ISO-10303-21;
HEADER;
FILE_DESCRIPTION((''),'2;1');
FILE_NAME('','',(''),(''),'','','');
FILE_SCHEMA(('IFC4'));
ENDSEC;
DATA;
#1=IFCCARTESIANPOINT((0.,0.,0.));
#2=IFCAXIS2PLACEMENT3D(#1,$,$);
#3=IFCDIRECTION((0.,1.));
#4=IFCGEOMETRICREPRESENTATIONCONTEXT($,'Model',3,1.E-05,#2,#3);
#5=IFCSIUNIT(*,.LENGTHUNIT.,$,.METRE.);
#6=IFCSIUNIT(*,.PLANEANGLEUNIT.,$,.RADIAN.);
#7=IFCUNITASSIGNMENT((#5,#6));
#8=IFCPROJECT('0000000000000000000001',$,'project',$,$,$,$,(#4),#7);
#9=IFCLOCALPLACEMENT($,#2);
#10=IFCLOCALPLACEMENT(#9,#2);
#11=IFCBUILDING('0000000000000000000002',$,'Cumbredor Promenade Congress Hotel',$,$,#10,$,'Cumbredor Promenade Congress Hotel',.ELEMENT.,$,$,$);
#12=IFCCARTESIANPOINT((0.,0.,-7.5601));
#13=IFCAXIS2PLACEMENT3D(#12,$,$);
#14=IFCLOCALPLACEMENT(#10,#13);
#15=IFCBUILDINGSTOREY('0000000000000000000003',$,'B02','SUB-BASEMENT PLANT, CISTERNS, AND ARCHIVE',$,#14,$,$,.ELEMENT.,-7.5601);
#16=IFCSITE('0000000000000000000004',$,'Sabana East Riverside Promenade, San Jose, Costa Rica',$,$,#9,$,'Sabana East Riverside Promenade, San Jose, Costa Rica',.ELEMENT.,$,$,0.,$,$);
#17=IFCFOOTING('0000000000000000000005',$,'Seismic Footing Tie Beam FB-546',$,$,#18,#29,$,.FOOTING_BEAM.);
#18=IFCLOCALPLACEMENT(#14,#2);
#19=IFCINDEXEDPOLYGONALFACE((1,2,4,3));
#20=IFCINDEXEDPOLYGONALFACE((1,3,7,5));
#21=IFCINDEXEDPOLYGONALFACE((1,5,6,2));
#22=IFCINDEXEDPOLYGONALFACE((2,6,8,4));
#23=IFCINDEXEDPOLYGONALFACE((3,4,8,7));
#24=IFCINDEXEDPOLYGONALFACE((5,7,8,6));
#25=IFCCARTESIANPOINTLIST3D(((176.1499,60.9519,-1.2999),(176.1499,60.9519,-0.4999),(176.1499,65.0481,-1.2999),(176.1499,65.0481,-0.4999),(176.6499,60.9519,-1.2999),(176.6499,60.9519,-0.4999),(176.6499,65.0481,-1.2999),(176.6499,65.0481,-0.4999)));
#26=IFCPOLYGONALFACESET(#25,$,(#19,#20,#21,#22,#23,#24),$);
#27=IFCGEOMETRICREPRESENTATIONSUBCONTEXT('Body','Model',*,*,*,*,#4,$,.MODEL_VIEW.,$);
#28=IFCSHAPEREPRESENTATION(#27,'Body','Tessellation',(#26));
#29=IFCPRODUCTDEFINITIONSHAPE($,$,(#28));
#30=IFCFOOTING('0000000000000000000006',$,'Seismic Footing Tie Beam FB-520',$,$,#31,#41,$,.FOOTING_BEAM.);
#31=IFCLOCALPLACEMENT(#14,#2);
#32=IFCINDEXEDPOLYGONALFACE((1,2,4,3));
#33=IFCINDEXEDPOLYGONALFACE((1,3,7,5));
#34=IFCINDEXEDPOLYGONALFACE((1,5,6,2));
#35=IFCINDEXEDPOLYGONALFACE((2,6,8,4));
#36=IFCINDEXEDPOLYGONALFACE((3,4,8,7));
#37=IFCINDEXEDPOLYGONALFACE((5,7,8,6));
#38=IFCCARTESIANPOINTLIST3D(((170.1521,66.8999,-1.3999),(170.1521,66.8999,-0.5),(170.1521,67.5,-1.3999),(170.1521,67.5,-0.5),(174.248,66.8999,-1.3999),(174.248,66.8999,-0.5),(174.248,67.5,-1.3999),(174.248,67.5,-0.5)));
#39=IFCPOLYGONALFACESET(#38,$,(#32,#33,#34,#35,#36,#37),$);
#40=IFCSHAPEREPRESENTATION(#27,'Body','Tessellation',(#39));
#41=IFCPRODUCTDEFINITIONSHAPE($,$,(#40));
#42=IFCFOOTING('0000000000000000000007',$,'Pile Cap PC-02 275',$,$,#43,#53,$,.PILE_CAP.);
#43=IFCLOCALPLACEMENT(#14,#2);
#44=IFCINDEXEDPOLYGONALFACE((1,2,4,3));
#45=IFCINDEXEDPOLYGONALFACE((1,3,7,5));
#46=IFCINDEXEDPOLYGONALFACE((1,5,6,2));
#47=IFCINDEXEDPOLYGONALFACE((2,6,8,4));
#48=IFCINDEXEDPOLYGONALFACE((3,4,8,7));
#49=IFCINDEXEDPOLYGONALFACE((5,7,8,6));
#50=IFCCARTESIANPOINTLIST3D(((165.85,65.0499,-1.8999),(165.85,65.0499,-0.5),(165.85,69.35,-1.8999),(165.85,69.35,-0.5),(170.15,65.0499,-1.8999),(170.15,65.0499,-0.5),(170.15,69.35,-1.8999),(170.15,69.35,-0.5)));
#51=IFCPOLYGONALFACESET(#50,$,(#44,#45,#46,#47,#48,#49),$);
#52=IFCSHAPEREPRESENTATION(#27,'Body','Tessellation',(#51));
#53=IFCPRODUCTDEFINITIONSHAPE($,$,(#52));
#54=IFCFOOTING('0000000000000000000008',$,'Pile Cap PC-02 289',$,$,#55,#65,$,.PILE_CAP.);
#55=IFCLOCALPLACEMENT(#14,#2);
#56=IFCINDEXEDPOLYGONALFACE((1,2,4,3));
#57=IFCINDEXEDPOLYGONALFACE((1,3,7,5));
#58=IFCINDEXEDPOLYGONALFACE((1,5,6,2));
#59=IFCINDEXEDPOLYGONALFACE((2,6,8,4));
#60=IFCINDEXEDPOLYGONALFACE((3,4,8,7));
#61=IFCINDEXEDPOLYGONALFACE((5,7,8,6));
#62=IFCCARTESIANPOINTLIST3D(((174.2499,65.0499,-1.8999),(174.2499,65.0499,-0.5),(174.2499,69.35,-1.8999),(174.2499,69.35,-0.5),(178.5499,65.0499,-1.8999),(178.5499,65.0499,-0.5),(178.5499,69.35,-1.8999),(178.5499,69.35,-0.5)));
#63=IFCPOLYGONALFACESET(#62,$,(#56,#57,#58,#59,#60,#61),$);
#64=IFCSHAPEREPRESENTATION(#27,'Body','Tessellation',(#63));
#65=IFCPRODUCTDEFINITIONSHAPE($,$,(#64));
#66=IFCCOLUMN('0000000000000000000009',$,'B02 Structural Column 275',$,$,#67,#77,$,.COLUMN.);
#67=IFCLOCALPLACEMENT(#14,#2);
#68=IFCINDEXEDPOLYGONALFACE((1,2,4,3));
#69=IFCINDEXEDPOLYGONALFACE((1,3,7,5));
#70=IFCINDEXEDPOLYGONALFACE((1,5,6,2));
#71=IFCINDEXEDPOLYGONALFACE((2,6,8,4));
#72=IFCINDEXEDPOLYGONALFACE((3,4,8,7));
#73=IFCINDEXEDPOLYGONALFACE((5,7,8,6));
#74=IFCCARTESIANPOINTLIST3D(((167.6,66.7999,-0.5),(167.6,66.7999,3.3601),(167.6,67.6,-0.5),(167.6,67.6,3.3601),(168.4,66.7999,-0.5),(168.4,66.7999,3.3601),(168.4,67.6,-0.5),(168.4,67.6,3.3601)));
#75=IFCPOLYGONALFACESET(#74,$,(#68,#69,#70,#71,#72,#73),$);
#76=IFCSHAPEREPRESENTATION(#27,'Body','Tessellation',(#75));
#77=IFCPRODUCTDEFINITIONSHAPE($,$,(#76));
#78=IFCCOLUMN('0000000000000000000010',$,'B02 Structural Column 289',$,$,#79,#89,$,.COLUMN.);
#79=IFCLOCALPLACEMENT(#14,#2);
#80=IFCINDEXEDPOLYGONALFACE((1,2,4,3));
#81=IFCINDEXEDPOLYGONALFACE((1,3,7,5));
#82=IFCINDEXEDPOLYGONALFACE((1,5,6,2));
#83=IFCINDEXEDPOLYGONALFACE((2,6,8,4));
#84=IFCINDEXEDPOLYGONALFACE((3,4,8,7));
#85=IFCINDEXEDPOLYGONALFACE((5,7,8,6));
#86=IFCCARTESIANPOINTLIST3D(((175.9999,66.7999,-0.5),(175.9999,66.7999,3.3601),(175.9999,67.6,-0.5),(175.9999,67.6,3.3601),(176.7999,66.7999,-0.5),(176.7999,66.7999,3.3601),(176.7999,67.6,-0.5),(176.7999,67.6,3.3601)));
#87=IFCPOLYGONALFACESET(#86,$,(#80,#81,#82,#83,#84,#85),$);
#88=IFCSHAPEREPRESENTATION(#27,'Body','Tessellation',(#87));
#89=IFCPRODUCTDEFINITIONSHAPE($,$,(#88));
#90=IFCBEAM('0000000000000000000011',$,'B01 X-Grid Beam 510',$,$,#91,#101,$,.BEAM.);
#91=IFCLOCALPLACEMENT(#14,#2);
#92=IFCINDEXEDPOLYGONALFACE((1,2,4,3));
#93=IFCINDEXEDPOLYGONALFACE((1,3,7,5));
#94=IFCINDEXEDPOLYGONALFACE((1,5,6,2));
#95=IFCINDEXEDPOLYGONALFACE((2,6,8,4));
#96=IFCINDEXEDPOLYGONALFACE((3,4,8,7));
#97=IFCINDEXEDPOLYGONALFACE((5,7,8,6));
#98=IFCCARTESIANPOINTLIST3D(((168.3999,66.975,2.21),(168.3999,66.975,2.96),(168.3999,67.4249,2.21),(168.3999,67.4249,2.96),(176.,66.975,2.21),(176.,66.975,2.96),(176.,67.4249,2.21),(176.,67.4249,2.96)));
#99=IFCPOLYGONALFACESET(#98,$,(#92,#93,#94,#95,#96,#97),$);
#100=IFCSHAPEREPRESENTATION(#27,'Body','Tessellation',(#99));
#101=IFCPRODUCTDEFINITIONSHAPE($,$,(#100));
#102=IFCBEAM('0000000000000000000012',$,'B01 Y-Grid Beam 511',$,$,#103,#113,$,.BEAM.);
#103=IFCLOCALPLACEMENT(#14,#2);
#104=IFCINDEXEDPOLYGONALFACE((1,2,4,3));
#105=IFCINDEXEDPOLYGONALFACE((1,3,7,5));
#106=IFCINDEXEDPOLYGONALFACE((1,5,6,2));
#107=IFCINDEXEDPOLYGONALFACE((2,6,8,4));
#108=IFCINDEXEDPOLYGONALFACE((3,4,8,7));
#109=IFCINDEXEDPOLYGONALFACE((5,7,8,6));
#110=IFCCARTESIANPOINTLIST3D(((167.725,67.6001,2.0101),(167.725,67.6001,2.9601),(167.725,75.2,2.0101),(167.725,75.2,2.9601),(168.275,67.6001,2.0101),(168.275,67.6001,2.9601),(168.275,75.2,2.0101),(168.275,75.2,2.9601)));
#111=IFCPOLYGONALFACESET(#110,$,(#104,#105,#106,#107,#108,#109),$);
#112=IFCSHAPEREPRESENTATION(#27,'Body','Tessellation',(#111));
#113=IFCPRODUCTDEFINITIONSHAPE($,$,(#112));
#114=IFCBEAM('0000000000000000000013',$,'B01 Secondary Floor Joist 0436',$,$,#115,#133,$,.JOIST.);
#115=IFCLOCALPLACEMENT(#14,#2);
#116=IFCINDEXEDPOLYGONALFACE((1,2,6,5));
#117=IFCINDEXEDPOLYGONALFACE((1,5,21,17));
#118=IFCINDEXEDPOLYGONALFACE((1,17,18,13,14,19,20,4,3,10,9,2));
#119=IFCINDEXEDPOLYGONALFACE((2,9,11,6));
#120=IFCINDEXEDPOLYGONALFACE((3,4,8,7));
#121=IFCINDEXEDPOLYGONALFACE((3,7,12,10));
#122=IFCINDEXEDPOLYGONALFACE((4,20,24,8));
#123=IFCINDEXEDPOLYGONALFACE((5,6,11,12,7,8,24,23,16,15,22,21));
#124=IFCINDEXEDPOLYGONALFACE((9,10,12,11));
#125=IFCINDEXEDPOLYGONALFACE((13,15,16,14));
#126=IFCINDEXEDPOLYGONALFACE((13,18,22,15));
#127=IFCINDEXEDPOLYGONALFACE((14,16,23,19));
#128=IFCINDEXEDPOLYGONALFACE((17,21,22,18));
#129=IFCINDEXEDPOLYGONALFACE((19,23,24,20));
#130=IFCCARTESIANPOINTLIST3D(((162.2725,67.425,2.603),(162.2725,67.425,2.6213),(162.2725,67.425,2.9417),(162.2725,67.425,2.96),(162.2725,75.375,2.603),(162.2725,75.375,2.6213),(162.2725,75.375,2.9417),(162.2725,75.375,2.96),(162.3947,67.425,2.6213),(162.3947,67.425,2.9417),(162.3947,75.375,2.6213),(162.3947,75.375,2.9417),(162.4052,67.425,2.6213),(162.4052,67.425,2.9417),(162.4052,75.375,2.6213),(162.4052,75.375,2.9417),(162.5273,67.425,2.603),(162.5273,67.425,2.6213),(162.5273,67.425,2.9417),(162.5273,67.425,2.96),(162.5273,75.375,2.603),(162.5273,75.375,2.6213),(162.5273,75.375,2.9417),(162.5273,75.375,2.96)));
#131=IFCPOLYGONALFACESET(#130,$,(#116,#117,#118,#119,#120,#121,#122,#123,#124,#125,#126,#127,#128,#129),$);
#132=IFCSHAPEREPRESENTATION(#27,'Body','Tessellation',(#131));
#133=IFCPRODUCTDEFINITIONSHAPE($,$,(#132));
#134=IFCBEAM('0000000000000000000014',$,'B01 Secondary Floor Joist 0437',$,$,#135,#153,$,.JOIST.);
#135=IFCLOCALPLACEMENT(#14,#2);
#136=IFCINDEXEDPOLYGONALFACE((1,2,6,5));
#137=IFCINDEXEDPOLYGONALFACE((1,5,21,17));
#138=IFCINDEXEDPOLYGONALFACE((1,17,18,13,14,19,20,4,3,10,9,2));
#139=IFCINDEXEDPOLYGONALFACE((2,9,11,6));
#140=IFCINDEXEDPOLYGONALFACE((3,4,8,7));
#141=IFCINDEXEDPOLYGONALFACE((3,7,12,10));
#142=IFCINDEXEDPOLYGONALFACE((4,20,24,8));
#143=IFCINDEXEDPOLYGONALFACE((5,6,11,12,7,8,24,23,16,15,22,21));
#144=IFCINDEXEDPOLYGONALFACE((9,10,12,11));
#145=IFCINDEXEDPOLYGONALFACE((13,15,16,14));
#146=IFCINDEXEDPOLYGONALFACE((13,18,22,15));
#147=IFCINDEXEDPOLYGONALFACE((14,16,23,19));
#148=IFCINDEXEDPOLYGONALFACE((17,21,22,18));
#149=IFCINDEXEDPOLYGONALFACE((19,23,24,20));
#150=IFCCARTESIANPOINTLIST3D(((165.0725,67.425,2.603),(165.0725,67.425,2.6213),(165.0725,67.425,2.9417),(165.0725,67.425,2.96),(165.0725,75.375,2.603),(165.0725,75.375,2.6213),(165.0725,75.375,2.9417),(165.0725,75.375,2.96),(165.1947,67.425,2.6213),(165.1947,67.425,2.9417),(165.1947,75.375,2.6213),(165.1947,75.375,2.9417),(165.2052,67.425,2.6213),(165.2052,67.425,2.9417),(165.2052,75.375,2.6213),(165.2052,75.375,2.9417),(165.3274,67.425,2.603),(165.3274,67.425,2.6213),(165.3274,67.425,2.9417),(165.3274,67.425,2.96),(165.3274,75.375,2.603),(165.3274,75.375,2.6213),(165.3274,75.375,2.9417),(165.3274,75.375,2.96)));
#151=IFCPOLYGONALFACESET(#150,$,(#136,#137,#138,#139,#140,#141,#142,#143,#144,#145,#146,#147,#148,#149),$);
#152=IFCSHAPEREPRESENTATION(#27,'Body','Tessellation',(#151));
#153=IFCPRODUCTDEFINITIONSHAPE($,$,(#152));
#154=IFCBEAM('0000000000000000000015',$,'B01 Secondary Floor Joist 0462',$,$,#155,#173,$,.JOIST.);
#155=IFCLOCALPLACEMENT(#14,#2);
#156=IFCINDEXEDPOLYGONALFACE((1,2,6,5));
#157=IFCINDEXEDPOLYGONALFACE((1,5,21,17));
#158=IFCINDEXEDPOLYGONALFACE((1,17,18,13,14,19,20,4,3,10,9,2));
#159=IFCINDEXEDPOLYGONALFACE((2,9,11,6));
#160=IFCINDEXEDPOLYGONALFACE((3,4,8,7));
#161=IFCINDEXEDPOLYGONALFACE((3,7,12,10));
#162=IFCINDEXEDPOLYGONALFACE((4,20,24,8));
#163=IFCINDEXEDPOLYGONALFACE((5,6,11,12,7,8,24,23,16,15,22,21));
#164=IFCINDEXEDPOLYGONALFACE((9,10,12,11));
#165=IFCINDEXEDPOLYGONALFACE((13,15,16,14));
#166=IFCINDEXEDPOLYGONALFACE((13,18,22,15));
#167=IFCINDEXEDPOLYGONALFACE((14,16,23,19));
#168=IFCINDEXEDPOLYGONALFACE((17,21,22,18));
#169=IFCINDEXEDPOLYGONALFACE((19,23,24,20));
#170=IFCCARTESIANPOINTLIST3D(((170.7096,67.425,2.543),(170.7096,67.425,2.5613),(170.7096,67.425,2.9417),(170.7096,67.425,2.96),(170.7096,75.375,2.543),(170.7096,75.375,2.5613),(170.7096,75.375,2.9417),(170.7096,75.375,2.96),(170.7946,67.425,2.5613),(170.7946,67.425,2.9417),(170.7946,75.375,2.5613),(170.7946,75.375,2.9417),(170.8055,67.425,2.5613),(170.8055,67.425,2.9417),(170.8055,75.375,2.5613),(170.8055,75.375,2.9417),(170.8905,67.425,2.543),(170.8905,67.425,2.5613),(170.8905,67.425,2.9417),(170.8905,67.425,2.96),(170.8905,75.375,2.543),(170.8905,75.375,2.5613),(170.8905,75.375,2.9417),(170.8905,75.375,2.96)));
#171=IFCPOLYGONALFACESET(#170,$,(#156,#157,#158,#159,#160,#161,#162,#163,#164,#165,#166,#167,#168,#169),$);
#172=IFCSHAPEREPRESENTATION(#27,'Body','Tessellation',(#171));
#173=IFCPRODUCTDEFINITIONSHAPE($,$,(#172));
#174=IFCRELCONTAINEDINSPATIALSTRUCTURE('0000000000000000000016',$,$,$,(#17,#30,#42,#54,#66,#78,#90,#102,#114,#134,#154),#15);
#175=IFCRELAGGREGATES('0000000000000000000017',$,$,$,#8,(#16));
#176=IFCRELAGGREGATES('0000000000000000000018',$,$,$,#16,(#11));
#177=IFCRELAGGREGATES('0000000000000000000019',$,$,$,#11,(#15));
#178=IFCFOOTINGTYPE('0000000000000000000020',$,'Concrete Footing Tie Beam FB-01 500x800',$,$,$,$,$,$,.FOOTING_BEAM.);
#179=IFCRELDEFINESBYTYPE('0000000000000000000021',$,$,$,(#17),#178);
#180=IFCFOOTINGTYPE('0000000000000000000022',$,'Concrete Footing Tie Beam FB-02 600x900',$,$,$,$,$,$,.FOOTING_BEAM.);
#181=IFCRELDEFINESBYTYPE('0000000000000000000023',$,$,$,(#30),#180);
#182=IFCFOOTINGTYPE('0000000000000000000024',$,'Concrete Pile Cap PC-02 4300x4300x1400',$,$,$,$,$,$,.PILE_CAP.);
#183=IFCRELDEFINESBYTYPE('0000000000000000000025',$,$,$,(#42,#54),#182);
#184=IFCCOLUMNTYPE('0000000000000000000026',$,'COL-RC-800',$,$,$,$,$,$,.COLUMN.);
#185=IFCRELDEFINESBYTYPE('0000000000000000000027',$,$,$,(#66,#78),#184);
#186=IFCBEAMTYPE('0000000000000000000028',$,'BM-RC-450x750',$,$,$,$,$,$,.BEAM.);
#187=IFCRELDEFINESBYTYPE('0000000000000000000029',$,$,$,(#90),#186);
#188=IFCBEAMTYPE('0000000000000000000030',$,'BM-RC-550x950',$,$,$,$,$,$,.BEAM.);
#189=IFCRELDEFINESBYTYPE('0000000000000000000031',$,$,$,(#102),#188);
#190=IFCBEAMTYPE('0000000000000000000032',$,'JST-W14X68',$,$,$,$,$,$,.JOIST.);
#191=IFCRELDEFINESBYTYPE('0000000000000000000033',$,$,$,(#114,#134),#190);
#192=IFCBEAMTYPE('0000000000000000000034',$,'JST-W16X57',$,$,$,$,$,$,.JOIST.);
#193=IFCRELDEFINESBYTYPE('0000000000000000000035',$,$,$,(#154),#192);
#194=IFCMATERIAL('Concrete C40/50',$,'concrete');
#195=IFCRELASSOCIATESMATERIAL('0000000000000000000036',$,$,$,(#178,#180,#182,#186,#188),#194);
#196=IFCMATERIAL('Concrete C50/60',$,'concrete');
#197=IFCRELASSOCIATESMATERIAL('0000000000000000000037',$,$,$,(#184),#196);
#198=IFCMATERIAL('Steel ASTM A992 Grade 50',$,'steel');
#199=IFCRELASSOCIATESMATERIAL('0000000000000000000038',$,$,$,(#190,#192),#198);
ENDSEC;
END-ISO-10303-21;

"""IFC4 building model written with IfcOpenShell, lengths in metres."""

from ifc_helpers import new_model, si_unit, direction, frame, origin, origin_2d, place, context, subcontext, project, spatial, rectangle, i_section, extrude, material, material_profile, profile_set, type_object, element, save


model = new_model("IFC4")

# Units and contexts
model_context = context("Model", 3, precision=1e-05, world=origin(), true_north=direction((0.0, 1.0)))
body_context = subcontext(model_context, "Body", "Model", "MODEL_VIEW")
ifc_project = project(units=[si_unit("LENGTHUNIT", "METRE"), si_unit("PLANEANGLEUNIT", "RADIAN")], contexts=[model_context])

# Site, building, storey
site_placement = place(None, origin())
site = spatial("IfcSite", under=ifc_project, at=site_placement, Name="Sabana East Riverside Promenade, San Jose, Costa Rica", LongName="Sabana East Riverside Promenade, San Jose, Costa Rica", CompositionType="ELEMENT", RefElevation=0.0)
building_placement = place(site_placement, origin())
building = spatial("IfcBuilding", under=site, at=building_placement, Name="Cumbredor Promenade Congress Hotel", LongName="Cumbredor Promenade Congress Hotel", CompositionType="ELEMENT")
storey_placement = place(building_placement, frame((0.0, 0.0, -7.5601)))
storey = spatial("IfcBuildingStorey", under=building, at=storey_placement, Name="B02", Description="SUB-BASEMENT PLANT, CISTERNS, AND ARCHIVE", CompositionType="ELEMENT", Elevation=-7.5601)

# Shared definitions
ifc_material_1 = material(Name="Concrete C40/50", Category="concrete")

# Footings
ifc_material_profile_1 = material_profile(ifc_material_1, rectangle(XDim=0.5, YDim=0.8, at=origin_2d()), Name="FB 500x800")
ifc_profile_set_1 = profile_set([ifc_material_profile_1], Name="Concrete C40/50")
footing_type_1 = type_object("IfcFootingType", Name="Concrete Footing Tie Beam FB-01 500x800", PredefinedType="FOOTING_BEAM", material=ifc_profile_set_1)
for number, where, z_axis, x_axis, name in (
    (1, (176.3999, 60.9519, -0.8999), (0.0, 1.0, 0.0), (-1.0, 0.0, 0.0), "Seismic Footing Tie Beam FB-546"),
):
    element("IfcFooting", number, at=place(storey_placement, frame(where, z_axis=z_axis, x_axis=x_axis)), inside=storey, type_object=footing_type_1, Name=name, PredefinedType="FOOTING_BEAM", context=body_context, shape_type="SweptSolid", body=[
        extrude(rectangle(XDim=0.5, YDim=0.8, at=origin_2d()), origin(), (0.0, 0.0, 1.0), 4.0962),
    ])
ifc_material_profile_2 = material_profile(ifc_material_1, rectangle(XDim=0.6001, YDim=0.8999, at=origin_2d()), Name="FB 600x900")
ifc_profile_set_2 = profile_set([ifc_material_profile_2], Name="Concrete C40/50")
footing_type_2 = type_object("IfcFootingType", Name="Concrete Footing Tie Beam FB-02 600x900", PredefinedType="FOOTING_BEAM", material=ifc_profile_set_2)
footing_1_placement = place(storey_placement, frame((170.1521, 67.2, -0.95), z_axis=(1.0, 0.0, 0.0), x_axis=(0.0, 1.0, 0.0)))
element("IfcFooting", 2, at=footing_1_placement, inside=storey, type_object=footing_type_2, Name="Seismic Footing Tie Beam FB-520", PredefinedType="FOOTING_BEAM", context=body_context, shape_type="SweptSolid", body=[
    extrude(rectangle(XDim=0.6001, YDim=0.8999, at=origin_2d()), origin(), (0.0, 0.0, 1.0), 4.0959),
])
footing_type_3 = type_object("IfcFootingType", Name="Concrete Pile Cap PC-02 4300x4300x1400", PredefinedType="PILE_CAP", material=ifc_material_1)
for number, where, z_axis, x_axis, name in (
    (3, (168.0, 67.2, -1.8999), (0.0, 0.0, 1.0), (1.0, 0.0, 0.0), "Pile Cap PC-02 275"),
    (4, (176.3999, 67.2, -1.8999), (0.0, 0.0, 1.0), (1.0, 0.0, 0.0), "Pile Cap PC-02 289"),
):
    element("IfcFooting", number, at=place(storey_placement, frame(where, z_axis=z_axis, x_axis=x_axis)), inside=storey, type_object=footing_type_3, Name=name, PredefinedType="PILE_CAP", context=body_context, shape_type="SweptSolid", body=[
        extrude(rectangle(XDim=4.3, YDim=4.3, at=origin_2d()), origin(), (0.0, 0.0, 1.0), 1.3999),
    ])

# Columns
ifc_material_2 = material(Name="Concrete C50/60", Category="concrete")
ifc_material_profile_3 = material_profile(ifc_material_2, rectangle(XDim=0.8, YDim=0.8, at=origin_2d()), Name="RC 800x800")
ifc_profile_set_3 = profile_set([ifc_material_profile_3], Name="Concrete C50/60")
column_type = type_object("IfcColumnType", Name="COL-RC-800", PredefinedType="COLUMN", material=ifc_profile_set_3)
for number, where, z_axis, x_axis, name in (
    (5, (168.0, 67.2, -0.5), (0.0, 0.0, 1.0), (1.0, 0.0, 0.0), "B02 Structural Column 275"),
    (6, (176.3999, 67.2, -0.5), (0.0, 0.0, 1.0), (1.0, 0.0, 0.0), "B02 Structural Column 289"),
):
    element("IfcColumn", number, at=place(storey_placement, frame(where, z_axis=z_axis, x_axis=x_axis)), inside=storey, type_object=column_type, Name=name, PredefinedType="COLUMN", context=body_context, shape_type="SweptSolid", body=[
        extrude(rectangle(XDim=0.8, YDim=0.8, at=origin_2d()), origin(), (0.0, 0.0, 1.0), 3.8601),
    ])

# Beams
ifc_material_profile_4 = material_profile(ifc_material_1, rectangle(XDim=0.45, YDim=0.75, at=origin_2d()), Name="RC BEAM 450x750")
ifc_profile_set_4 = profile_set([ifc_material_profile_4], Name="Concrete C40/50")
beam_type_1 = type_object("IfcBeamType", Name="BM-RC-450x750", PredefinedType="BEAM", material=ifc_profile_set_4)
beam_1_placement = place(storey_placement, frame((168.3999, 67.2, 2.585), z_axis=(1.0, 0.0, 0.0), x_axis=(0.0, 1.0, 0.0)))
element("IfcBeam", 7, at=beam_1_placement, inside=storey, type_object=beam_type_1, Name="B01 X-Grid Beam 510", PredefinedType="BEAM", context=body_context, shape_type="SweptSolid", body=[
    extrude(rectangle(XDim=0.45, YDim=0.75, at=origin_2d()), origin(), (0.0, 0.0, 1.0), 7.6001),
])
ifc_material_profile_5 = material_profile(ifc_material_1, rectangle(XDim=0.55, YDim=0.95, at=origin_2d()), Name="RC BEAM 550x950")
ifc_profile_set_5 = profile_set([ifc_material_profile_5], Name="Concrete C40/50")
beam_type_2 = type_object("IfcBeamType", Name="BM-RC-550x950", PredefinedType="BEAM", material=ifc_profile_set_5)
beam_2_placement = place(storey_placement, frame((168.0, 67.6001, 2.4851), z_axis=(0.0, 1.0, 0.0), x_axis=(-1.0, 0.0, 0.0)))
element("IfcBeam", 8, at=beam_2_placement, inside=storey, type_object=beam_type_2, Name="B01 Y-Grid Beam 511", PredefinedType="BEAM", context=body_context, shape_type="SweptSolid", body=[
    extrude(rectangle(XDim=0.55, YDim=0.95, at=origin_2d()), origin(), (0.0, 0.0, 1.0), 7.5999),
])
ifc_material_3 = material(Name="Steel ASTM A992 Grade 50", Category="steel")
ifc_material_profile_6 = material_profile(ifc_material_3, i_section(OverallWidth=0.2549, OverallDepth=0.3569, WebThickness=0.0105, FlangeThickness=0.0183, at=origin_2d()), Name="W14X68")
ifc_profile_set_6 = profile_set([ifc_material_profile_6], Name="Steel ASTM A992 Grade 50")
beam_type_3 = type_object("IfcBeamType", Name="JST-W14X68", PredefinedType="JOIST", material=ifc_profile_set_6)
for number, where, z_axis, x_axis, name in (
    (9, (162.3999, 67.425, 2.7815), (0.0, 1.0, 0.0), (-1.0, 0.0, 0.0), "B01 Secondary Floor Joist 0436"),
    (10, (165.2, 67.425, 2.7815), (0.0, 1.0, 0.0), (-1.0, 0.0, 0.0), "B01 Secondary Floor Joist 0437"),
):
    element("IfcBeam", number, at=place(storey_placement, frame(where, z_axis=z_axis, x_axis=x_axis)), inside=storey, type_object=beam_type_3, Name=name, PredefinedType="JOIST", context=body_context, shape_type="SweptSolid", body=[
        extrude(i_section(OverallWidth=0.2549, OverallDepth=0.3569, WebThickness=0.0105, FlangeThickness=0.0183, at=origin_2d()), origin(), (0.0, 0.0, 1.0), 7.95),
    ])
ifc_material_profile_7 = material_profile(ifc_material_3, i_section(OverallWidth=0.1809, OverallDepth=0.417, WebThickness=0.011, FlangeThickness=0.0183, at=origin_2d()), Name="W16X57")
ifc_profile_set_7 = profile_set([ifc_material_profile_7], Name="Steel ASTM A992 Grade 50")
beam_type_4 = type_object("IfcBeamType", Name="JST-W16X57", PredefinedType="JOIST", material=ifc_profile_set_7)
for number, where, z_axis, x_axis, name in (
    (11, (170.8, 67.425, 2.7515), (0.0, 1.0, 0.0), (-1.0, 0.0, 0.0), "B01 Secondary Floor Joist 0462"),
):
    element("IfcBeam", number, at=place(storey_placement, frame(where, z_axis=z_axis, x_axis=x_axis)), inside=storey, type_object=beam_type_4, Name=name, PredefinedType="JOIST", context=body_context, shape_type="SweptSolid", body=[
        extrude(i_section(OverallWidth=0.1809, OverallDepth=0.417, WebThickness=0.011, FlangeThickness=0.0183, at=origin_2d()), origin(), (0.0, 0.0, 1.0), 7.95),
    ])

save(model, "model.ifc")
